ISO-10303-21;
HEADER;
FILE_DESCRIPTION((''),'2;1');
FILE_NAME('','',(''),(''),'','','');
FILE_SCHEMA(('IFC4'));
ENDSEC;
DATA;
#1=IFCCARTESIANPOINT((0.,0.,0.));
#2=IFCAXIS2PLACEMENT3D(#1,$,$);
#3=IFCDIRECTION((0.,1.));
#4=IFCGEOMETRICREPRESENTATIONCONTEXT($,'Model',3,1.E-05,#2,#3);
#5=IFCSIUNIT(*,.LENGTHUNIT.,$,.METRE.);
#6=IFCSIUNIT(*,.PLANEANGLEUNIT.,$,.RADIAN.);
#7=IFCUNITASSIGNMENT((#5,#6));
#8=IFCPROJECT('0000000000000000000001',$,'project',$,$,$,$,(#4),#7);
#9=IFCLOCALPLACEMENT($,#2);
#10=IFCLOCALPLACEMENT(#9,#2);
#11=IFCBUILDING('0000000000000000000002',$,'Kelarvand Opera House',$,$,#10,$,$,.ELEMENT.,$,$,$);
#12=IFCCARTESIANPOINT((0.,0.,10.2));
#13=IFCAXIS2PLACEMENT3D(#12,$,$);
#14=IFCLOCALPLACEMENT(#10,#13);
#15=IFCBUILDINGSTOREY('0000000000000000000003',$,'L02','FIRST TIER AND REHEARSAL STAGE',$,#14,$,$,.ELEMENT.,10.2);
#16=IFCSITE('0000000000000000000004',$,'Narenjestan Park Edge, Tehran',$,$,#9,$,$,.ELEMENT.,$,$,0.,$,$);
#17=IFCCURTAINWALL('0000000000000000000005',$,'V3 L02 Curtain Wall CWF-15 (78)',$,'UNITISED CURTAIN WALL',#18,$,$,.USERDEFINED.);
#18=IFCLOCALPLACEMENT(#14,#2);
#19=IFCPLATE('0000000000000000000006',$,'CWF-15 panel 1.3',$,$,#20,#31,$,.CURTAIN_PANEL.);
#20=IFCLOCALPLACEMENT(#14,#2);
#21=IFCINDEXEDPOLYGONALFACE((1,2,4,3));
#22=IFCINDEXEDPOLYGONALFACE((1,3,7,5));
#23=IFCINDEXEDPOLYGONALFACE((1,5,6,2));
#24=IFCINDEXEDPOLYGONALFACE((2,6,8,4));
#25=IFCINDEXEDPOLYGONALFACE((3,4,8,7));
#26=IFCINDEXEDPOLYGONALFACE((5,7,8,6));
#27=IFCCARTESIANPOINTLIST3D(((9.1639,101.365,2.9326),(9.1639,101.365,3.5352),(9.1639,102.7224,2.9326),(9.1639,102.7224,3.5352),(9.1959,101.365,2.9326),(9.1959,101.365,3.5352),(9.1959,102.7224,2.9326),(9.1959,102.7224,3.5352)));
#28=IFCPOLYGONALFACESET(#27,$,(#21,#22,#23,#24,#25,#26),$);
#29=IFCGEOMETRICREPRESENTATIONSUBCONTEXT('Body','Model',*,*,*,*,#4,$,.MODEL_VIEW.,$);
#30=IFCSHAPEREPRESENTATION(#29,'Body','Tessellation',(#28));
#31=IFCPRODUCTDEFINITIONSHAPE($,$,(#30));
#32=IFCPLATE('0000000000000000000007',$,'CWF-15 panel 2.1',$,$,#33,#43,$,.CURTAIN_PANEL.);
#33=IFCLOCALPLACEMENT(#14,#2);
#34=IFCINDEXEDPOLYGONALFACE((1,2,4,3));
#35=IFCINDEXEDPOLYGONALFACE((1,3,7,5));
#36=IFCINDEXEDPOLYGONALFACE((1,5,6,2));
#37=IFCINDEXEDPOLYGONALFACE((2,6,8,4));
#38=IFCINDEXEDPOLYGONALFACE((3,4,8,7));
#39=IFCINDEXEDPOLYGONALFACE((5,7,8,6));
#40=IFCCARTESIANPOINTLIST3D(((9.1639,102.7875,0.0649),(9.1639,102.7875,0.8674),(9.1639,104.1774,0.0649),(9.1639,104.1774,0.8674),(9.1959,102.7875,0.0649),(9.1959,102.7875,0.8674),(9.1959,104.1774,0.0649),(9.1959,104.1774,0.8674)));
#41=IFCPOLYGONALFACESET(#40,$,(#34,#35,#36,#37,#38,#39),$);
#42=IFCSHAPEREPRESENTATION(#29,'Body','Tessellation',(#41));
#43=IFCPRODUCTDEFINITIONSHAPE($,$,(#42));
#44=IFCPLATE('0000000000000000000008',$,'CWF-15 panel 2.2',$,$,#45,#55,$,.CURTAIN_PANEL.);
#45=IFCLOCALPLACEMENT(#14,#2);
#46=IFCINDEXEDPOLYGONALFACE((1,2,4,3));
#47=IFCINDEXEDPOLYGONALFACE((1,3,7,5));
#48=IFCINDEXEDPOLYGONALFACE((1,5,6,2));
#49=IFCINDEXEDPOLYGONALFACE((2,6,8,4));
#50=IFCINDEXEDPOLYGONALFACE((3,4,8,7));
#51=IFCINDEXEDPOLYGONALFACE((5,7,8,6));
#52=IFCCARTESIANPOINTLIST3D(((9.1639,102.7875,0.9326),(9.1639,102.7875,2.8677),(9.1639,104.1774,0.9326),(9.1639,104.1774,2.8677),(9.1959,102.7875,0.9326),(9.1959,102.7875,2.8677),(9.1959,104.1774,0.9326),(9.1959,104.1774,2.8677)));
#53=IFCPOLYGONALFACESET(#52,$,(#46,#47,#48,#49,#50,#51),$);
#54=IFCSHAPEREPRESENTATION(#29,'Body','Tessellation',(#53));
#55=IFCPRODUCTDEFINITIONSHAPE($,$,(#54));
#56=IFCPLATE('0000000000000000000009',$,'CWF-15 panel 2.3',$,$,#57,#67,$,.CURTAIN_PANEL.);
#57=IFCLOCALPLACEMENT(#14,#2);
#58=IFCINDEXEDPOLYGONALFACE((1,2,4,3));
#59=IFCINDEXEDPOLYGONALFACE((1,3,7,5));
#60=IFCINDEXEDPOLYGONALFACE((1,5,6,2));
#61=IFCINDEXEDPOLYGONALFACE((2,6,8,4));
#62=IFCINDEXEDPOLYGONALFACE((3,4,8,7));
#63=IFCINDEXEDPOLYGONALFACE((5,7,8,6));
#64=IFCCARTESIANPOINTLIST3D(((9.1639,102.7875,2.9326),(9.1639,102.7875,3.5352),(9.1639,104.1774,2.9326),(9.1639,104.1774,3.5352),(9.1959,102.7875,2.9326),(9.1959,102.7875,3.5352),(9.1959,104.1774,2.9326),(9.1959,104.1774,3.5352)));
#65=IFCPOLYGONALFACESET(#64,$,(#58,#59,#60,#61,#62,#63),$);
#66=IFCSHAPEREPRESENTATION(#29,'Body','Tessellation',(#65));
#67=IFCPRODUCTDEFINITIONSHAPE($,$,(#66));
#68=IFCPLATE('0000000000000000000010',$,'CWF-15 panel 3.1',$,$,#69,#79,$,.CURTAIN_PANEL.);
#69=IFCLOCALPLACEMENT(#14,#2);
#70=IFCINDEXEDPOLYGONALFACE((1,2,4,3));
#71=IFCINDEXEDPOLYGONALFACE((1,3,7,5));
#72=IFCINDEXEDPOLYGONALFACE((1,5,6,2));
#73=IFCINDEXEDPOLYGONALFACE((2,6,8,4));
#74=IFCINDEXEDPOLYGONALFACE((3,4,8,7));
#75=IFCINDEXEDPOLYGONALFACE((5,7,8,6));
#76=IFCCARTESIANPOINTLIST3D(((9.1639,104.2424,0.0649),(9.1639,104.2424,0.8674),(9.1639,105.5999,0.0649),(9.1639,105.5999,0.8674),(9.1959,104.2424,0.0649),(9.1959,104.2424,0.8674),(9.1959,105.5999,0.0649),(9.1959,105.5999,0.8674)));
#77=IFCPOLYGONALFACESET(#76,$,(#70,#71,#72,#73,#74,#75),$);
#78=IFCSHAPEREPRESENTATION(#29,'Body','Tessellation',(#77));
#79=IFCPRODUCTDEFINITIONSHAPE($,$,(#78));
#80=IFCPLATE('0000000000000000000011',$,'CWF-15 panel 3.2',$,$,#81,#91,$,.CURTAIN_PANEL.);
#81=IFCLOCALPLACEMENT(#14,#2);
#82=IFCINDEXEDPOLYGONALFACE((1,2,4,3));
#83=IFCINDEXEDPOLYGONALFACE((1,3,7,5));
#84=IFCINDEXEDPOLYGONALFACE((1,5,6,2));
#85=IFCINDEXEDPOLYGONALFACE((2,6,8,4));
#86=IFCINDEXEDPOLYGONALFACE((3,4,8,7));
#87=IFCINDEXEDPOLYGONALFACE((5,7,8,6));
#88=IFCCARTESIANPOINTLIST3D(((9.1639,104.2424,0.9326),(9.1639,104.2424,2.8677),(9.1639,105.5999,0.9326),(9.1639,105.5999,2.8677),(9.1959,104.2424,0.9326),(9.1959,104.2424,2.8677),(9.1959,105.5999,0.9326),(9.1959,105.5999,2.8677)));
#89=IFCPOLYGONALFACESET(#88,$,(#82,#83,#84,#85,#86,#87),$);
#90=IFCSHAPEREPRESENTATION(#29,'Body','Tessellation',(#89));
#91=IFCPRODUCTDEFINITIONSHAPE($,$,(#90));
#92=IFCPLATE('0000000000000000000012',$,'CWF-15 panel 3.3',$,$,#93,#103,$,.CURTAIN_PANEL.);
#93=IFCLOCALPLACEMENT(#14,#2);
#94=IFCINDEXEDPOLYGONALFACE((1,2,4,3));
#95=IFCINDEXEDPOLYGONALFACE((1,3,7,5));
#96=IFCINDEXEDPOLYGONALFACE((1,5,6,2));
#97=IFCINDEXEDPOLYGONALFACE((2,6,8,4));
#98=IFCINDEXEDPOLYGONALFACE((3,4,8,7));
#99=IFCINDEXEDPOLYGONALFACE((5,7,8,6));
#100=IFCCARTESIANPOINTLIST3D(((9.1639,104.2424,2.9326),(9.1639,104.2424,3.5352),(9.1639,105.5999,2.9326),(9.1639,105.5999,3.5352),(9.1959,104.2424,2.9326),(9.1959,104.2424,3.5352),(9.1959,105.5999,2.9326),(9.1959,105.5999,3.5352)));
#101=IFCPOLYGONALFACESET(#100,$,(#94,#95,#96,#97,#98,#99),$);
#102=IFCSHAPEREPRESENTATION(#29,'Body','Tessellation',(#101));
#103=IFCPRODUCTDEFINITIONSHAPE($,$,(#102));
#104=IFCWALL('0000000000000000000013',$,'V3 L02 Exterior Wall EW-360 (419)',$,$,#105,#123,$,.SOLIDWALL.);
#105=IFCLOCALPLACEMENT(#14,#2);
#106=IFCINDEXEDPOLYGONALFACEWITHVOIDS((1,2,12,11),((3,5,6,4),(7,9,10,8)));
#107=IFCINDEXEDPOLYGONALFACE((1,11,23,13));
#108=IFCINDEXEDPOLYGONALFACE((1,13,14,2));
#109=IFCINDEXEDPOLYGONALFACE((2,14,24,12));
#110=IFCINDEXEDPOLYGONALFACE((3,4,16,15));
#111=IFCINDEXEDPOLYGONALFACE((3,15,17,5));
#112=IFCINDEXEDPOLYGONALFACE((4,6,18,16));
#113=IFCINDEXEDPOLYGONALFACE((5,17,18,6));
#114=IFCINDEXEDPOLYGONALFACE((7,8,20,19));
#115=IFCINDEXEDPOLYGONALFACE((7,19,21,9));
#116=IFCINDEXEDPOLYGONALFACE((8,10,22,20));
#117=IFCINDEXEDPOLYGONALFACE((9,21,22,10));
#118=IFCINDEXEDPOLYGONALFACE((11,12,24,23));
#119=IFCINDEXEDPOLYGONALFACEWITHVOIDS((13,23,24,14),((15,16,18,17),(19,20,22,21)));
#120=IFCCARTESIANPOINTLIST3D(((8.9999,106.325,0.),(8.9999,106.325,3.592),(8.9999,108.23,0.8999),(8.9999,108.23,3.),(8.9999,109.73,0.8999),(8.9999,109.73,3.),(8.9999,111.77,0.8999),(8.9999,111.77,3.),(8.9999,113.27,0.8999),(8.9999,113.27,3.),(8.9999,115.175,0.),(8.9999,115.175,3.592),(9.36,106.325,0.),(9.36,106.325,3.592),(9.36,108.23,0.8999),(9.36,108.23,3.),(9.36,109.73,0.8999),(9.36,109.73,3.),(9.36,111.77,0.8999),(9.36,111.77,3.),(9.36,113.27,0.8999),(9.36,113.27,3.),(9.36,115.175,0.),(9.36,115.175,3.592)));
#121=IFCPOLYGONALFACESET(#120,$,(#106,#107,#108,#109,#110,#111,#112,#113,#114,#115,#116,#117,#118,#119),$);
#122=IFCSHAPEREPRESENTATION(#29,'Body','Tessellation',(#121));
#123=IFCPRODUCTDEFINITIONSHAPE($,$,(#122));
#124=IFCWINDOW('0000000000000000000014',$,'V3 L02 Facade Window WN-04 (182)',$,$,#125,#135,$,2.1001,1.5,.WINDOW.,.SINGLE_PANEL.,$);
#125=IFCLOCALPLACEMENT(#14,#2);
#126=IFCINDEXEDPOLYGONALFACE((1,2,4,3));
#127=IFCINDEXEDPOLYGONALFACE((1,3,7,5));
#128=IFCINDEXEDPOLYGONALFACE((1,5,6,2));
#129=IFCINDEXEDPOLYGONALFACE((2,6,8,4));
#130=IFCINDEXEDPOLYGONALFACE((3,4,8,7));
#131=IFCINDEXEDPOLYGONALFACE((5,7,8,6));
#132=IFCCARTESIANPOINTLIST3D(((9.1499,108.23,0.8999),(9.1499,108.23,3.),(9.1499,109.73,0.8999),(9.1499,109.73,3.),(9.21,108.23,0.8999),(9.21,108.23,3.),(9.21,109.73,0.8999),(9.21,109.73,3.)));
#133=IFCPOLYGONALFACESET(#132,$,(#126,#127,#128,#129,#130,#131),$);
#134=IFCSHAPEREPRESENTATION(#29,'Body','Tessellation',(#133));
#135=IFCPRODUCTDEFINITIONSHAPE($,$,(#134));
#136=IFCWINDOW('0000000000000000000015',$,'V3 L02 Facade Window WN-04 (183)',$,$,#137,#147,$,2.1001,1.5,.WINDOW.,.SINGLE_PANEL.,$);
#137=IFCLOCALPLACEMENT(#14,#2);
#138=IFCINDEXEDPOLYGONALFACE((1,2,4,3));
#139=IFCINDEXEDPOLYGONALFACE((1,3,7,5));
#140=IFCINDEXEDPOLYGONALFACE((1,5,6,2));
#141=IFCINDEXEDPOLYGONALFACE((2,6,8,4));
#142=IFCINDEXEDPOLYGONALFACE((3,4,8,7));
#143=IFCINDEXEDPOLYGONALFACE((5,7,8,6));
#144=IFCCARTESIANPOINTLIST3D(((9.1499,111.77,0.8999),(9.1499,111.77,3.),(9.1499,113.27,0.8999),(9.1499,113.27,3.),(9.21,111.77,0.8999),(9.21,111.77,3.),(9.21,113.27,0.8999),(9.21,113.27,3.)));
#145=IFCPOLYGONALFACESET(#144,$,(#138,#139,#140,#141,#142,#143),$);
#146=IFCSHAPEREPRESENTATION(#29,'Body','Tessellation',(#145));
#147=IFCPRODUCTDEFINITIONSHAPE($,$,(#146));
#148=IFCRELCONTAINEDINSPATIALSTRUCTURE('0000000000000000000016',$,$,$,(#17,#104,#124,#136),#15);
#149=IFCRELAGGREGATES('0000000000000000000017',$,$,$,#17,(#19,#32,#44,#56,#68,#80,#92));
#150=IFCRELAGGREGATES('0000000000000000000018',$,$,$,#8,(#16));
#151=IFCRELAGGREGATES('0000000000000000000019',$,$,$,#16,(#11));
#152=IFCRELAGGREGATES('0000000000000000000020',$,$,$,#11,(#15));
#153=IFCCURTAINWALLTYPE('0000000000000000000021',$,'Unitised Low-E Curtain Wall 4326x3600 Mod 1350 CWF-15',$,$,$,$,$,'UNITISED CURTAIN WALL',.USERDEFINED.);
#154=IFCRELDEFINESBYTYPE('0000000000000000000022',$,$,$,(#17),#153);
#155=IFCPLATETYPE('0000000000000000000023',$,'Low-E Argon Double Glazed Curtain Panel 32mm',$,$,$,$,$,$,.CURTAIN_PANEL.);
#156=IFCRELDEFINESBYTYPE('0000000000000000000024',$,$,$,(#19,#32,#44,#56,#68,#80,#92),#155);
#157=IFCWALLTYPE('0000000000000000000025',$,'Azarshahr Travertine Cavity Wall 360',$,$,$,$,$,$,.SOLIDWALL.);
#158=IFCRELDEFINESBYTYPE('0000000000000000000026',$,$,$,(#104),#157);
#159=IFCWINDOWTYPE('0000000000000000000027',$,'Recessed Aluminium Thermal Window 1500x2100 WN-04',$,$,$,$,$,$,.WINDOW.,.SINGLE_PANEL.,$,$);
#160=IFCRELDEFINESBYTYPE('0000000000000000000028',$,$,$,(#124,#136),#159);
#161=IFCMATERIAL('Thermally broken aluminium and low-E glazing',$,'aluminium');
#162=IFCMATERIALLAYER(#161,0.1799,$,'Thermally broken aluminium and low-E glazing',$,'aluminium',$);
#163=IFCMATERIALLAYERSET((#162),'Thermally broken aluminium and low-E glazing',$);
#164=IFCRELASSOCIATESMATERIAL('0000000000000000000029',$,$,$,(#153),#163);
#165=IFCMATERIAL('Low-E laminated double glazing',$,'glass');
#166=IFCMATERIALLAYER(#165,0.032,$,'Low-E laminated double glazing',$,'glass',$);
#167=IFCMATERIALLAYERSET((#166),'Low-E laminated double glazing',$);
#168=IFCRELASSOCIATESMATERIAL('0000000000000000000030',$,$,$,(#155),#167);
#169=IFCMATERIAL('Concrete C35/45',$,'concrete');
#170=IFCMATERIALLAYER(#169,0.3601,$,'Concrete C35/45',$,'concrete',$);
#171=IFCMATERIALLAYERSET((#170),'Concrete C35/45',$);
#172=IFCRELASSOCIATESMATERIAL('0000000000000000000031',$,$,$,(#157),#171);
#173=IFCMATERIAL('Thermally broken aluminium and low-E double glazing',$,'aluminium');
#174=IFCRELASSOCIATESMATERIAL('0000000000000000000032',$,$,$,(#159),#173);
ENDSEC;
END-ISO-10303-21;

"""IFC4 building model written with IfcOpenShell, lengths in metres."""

from ifc_helpers import new_model, si_unit, direction, frame, frame_2d, origin, origin_2d, place, context, subcontext, project, spatial, rectangle, extrude, material, layer, layer_set, type_object, element, fill, aggregate, save


model = new_model("IFC4")

# Units and contexts
model_context = context("Model", 3, precision=1e-05, world=origin(), true_north=direction((0.0, 1.0)))
body_context = subcontext(model_context, "Body", "Model", "MODEL_VIEW")
ifc_project = project(units=[si_unit("LENGTHUNIT", "METRE"), si_unit("PLANEANGLEUNIT", "RADIAN")], contexts=[model_context])

# Site, building, storey
site_placement = place(None, origin())
site = spatial("IfcSite", under=ifc_project, at=site_placement, Name="Narenjestan Park Edge, Tehran", CompositionType="ELEMENT", RefElevation=0.0)
building_placement = place(site_placement, origin())
building = spatial("IfcBuilding", under=site, at=building_placement, Name="Kelarvand Opera House", CompositionType="ELEMENT")
storey_placement = place(building_placement, frame((0.0, 0.0, 10.2)))
storey = spatial("IfcBuildingStorey", under=building, at=storey_placement, Name="L02", Description="FIRST TIER AND REHEARSAL STAGE", CompositionType="ELEMENT", Elevation=10.2)

# Curtain wall
ifc_material_1 = material(Name="Thermally broken aluminium and low-E glazing", Category="aluminium")
ifc_layer_1 = layer(ifc_material_1, 0.1799, Name="Thermally broken aluminium and low-E glazing", Category="aluminium")
ifc_layer_set_1 = layer_set([ifc_layer_1], Name="Thermally broken aluminium and low-E glazing")
curtain_wall_type = type_object("IfcCurtainWallType", Name="Unitised Low-E Curtain Wall 4326x3600 Mod 1350 CWF-15", ElementType="UNITISED CURTAIN WALL", PredefinedType="USERDEFINED", material=ifc_layer_set_1)
curtain_wall_placement = place(storey_placement, origin())
curtain_wall = element("IfcCurtainWall", 1, at=curtain_wall_placement, inside=storey, type_object=curtain_wall_type, Name="V3 L02 Curtain Wall CWF-15 (78)", ObjectType="UNITISED CURTAIN WALL", PredefinedType="USERDEFINED")

# Plates
ifc_material_2 = material(Name="Low-E laminated double glazing", Category="glass")
ifc_layer_2 = layer(ifc_material_2, 0.032, Name="Low-E laminated double glazing", Category="glass")
ifc_layer_set_2 = layer_set([ifc_layer_2], Name="Low-E laminated double glazing")
plate_type = type_object("IfcPlateType", Name="Low-E Argon Double Glazed Curtain Panel 32mm", PredefinedType="CURTAIN_PANEL", material=ifc_layer_set_2)
plate_1_placement = place(storey_placement, frame((9.1799, 102.0437, 2.9326), z_axis=(0.0, 0.0, 1.0), x_axis=(0.0, 1.0, 0.0)))
plate_1 = element("IfcPlate", 2, at=plate_1_placement, type_object=plate_type, Name="CWF-15 panel 1.3", PredefinedType="CURTAIN_PANEL", context=body_context, shape_type="SweptSolid", body=[
    extrude(rectangle(XDim=1.3574, YDim=0.032, at=origin_2d()), origin(), (0.0, 0.0, 1.0), 0.6025),
])
plate_2_placement = place(storey_placement, frame((9.1799, 103.4824, 0.0649), z_axis=(0.0, 0.0, 1.0), x_axis=(0.0, 1.0, 0.0)))
plate_2 = element("IfcPlate", 3, at=plate_2_placement, type_object=plate_type, Name="CWF-15 panel 2.1", PredefinedType="CURTAIN_PANEL", context=body_context, shape_type="SweptSolid", body=[
    extrude(rectangle(XDim=1.3899, YDim=0.032, at=origin_2d()), origin(), (0.0, 0.0, 1.0), 0.8025),
])
plate_3_placement = place(storey_placement, frame((9.1799, 103.4824, 0.9326), z_axis=(0.0, 0.0, 1.0), x_axis=(0.0, 1.0, 0.0)))
plate_3 = element("IfcPlate", 4, at=plate_3_placement, type_object=plate_type, Name="CWF-15 panel 2.2", PredefinedType="CURTAIN_PANEL", context=body_context, shape_type="SweptSolid", body=[
    extrude(rectangle(XDim=1.3899, YDim=0.032, at=origin_2d()), origin(), (0.0, 0.0, 1.0), 1.9351),
])
plate_4_placement = place(storey_placement, frame((9.1799, 103.4824, 2.9326), z_axis=(0.0, 0.0, 1.0), x_axis=(0.0, 1.0, 0.0)))
plate_4 = element("IfcPlate", 5, at=plate_4_placement, type_object=plate_type, Name="CWF-15 panel 2.3", PredefinedType="CURTAIN_PANEL", context=body_context, shape_type="SweptSolid", body=[
    extrude(rectangle(XDim=1.3899, YDim=0.032, at=origin_2d()), origin(), (0.0, 0.0, 1.0), 0.6025),
])
plate_5_placement = place(storey_placement, frame((9.1799, 104.9211, 0.0649), z_axis=(0.0, 0.0, 1.0), x_axis=(0.0, 1.0, 0.0)))
plate_5 = element("IfcPlate", 6, at=plate_5_placement, type_object=plate_type, Name="CWF-15 panel 3.1", PredefinedType="CURTAIN_PANEL", context=body_context, shape_type="SweptSolid", body=[
    extrude(rectangle(XDim=1.3574, YDim=0.032, at=origin_2d()), origin(), (0.0, 0.0, 1.0), 0.8025),
])
plate_6_placement = place(storey_placement, frame((9.1799, 104.9211, 0.9326), z_axis=(0.0, 0.0, 1.0), x_axis=(0.0, 1.0, 0.0)))
plate_6 = element("IfcPlate", 7, at=plate_6_placement, type_object=plate_type, Name="CWF-15 panel 3.2", PredefinedType="CURTAIN_PANEL", context=body_context, shape_type="SweptSolid", body=[
    extrude(rectangle(XDim=1.3574, YDim=0.032, at=origin_2d()), origin(), (0.0, 0.0, 1.0), 1.9351),
])
plate_7_placement = place(storey_placement, frame((9.1799, 104.9211, 2.9326), z_axis=(0.0, 0.0, 1.0), x_axis=(0.0, 1.0, 0.0)))
plate_7 = element("IfcPlate", 8, at=plate_7_placement, type_object=plate_type, Name="CWF-15 panel 3.3", PredefinedType="CURTAIN_PANEL", context=body_context, shape_type="SweptSolid", body=[
    extrude(rectangle(XDim=1.3574, YDim=0.032, at=origin_2d()), origin(), (0.0, 0.0, 1.0), 0.6025),
])
aggregate(curtain_wall, [plate_1, plate_2, plate_3, plate_4, plate_5, plate_6, plate_7])

# Wall, openings, windows
ifc_material_3 = material(Name="Concrete C35/45", Category="concrete")
ifc_layer_3 = layer(ifc_material_3, 0.3601, Name="Concrete C35/45", Category="concrete")
ifc_layer_set_3 = layer_set([ifc_layer_3], Name="Concrete C35/45")
wall_type = type_object("IfcWallType", Name="Azarshahr Travertine Cavity Wall 360", PredefinedType="SOLIDWALL", material=ifc_layer_set_3)
wall_placement = place(storey_placement, frame((9.1799, 106.325, 0.0), z_axis=(0.0, 0.0, 1.0), x_axis=(0.0, 1.0, 0.0)))
wall = element("IfcWall", 9, at=wall_placement, inside=storey, type_object=wall_type, Name="V3 L02 Exterior Wall EW-360 (419)", PredefinedType="SOLIDWALL", context=body_context, shape_type="SweptSolid", body=[
    extrude(rectangle(XDim=8.8501, YDim=0.3601, at=frame_2d((4.425, 0.0))), origin(), (0.0, 0.0, 1.0), 3.592),
])
opening_1_placement = place(wall_placement, frame((1.905, 0.0, 0.8999)))
opening_1 = element("IfcOpeningElement", 10, at=opening_1_placement, cuts=wall, PredefinedType="OPENING", context=body_context, shape_type="SweptSolid", body=[
    extrude(rectangle(XDim=1.5, YDim=2.1001, at=frame_2d((0.75, 1.05))), frame((0.0, 0.1899, 0.0), z_axis=(0.0, -1.0, 0.0), x_axis=(1.0, 0.0, 0.0)), (0.0, 0.0, 1.0), 0.3801),
])
opening_2_placement = place(wall_placement, frame((5.4451, 0.0, 0.8999)))
opening_2 = element("IfcOpeningElement", 11, at=opening_2_placement, cuts=wall, PredefinedType="OPENING", context=body_context, shape_type="SweptSolid", body=[
    extrude(rectangle(XDim=1.5, YDim=2.1001, at=frame_2d((0.75, 1.05))), frame((0.0, 0.1899, 0.0), z_axis=(0.0, -1.0, 0.0), x_axis=(1.0, 0.0, 0.0)), (0.0, 0.0, 1.0), 0.3801),
])
ifc_material_4 = material(Name="Thermally broken aluminium and low-E double glazing", Category="aluminium")
window_type = type_object("IfcWindowType", Name="Recessed Aluminium Thermal Window 1500x2100 WN-04", PartitioningType="SINGLE_PANEL", PredefinedType="WINDOW", material=ifc_material_4)
window_1_placement = place(opening_1_placement, origin())
window_1 = element("IfcWindow", 12, at=window_1_placement, inside=storey, type_object=window_type, Name="V3 L02 Facade Window WN-04 (182)", OverallHeight=2.1001, OverallWidth=1.5, PartitioningType="SINGLE_PANEL", PredefinedType="WINDOW", context=body_context, shape_type="SweptSolid", body=[
    extrude(rectangle(XDim=1.5, YDim=2.1001, at=frame_2d((0.75, 1.05))), frame((0.0, 0.03, 0.0), z_axis=(0.0, -1.0, 0.0), x_axis=(1.0, 0.0, 0.0)), (0.0, 0.0, 1.0), 0.0601),
])
fill(opening_1, window_1)
window_2_placement = place(opening_2_placement, origin())
window_2 = element("IfcWindow", 13, at=window_2_placement, inside=storey, type_object=window_type, Name="V3 L02 Facade Window WN-04 (183)", OverallHeight=2.1001, OverallWidth=1.5, PartitioningType="SINGLE_PANEL", PredefinedType="WINDOW", context=body_context, shape_type="SweptSolid", body=[
    extrude(rectangle(XDim=1.5, YDim=2.1001, at=frame_2d((0.75, 1.05))), frame((0.0, 0.03, 0.0), z_axis=(0.0, -1.0, 0.0), x_axis=(1.0, 0.0, 0.0)), (0.0, 0.0, 1.0), 0.0601),
])
fill(opening_2, window_2)

save(model, "model.ifc")
